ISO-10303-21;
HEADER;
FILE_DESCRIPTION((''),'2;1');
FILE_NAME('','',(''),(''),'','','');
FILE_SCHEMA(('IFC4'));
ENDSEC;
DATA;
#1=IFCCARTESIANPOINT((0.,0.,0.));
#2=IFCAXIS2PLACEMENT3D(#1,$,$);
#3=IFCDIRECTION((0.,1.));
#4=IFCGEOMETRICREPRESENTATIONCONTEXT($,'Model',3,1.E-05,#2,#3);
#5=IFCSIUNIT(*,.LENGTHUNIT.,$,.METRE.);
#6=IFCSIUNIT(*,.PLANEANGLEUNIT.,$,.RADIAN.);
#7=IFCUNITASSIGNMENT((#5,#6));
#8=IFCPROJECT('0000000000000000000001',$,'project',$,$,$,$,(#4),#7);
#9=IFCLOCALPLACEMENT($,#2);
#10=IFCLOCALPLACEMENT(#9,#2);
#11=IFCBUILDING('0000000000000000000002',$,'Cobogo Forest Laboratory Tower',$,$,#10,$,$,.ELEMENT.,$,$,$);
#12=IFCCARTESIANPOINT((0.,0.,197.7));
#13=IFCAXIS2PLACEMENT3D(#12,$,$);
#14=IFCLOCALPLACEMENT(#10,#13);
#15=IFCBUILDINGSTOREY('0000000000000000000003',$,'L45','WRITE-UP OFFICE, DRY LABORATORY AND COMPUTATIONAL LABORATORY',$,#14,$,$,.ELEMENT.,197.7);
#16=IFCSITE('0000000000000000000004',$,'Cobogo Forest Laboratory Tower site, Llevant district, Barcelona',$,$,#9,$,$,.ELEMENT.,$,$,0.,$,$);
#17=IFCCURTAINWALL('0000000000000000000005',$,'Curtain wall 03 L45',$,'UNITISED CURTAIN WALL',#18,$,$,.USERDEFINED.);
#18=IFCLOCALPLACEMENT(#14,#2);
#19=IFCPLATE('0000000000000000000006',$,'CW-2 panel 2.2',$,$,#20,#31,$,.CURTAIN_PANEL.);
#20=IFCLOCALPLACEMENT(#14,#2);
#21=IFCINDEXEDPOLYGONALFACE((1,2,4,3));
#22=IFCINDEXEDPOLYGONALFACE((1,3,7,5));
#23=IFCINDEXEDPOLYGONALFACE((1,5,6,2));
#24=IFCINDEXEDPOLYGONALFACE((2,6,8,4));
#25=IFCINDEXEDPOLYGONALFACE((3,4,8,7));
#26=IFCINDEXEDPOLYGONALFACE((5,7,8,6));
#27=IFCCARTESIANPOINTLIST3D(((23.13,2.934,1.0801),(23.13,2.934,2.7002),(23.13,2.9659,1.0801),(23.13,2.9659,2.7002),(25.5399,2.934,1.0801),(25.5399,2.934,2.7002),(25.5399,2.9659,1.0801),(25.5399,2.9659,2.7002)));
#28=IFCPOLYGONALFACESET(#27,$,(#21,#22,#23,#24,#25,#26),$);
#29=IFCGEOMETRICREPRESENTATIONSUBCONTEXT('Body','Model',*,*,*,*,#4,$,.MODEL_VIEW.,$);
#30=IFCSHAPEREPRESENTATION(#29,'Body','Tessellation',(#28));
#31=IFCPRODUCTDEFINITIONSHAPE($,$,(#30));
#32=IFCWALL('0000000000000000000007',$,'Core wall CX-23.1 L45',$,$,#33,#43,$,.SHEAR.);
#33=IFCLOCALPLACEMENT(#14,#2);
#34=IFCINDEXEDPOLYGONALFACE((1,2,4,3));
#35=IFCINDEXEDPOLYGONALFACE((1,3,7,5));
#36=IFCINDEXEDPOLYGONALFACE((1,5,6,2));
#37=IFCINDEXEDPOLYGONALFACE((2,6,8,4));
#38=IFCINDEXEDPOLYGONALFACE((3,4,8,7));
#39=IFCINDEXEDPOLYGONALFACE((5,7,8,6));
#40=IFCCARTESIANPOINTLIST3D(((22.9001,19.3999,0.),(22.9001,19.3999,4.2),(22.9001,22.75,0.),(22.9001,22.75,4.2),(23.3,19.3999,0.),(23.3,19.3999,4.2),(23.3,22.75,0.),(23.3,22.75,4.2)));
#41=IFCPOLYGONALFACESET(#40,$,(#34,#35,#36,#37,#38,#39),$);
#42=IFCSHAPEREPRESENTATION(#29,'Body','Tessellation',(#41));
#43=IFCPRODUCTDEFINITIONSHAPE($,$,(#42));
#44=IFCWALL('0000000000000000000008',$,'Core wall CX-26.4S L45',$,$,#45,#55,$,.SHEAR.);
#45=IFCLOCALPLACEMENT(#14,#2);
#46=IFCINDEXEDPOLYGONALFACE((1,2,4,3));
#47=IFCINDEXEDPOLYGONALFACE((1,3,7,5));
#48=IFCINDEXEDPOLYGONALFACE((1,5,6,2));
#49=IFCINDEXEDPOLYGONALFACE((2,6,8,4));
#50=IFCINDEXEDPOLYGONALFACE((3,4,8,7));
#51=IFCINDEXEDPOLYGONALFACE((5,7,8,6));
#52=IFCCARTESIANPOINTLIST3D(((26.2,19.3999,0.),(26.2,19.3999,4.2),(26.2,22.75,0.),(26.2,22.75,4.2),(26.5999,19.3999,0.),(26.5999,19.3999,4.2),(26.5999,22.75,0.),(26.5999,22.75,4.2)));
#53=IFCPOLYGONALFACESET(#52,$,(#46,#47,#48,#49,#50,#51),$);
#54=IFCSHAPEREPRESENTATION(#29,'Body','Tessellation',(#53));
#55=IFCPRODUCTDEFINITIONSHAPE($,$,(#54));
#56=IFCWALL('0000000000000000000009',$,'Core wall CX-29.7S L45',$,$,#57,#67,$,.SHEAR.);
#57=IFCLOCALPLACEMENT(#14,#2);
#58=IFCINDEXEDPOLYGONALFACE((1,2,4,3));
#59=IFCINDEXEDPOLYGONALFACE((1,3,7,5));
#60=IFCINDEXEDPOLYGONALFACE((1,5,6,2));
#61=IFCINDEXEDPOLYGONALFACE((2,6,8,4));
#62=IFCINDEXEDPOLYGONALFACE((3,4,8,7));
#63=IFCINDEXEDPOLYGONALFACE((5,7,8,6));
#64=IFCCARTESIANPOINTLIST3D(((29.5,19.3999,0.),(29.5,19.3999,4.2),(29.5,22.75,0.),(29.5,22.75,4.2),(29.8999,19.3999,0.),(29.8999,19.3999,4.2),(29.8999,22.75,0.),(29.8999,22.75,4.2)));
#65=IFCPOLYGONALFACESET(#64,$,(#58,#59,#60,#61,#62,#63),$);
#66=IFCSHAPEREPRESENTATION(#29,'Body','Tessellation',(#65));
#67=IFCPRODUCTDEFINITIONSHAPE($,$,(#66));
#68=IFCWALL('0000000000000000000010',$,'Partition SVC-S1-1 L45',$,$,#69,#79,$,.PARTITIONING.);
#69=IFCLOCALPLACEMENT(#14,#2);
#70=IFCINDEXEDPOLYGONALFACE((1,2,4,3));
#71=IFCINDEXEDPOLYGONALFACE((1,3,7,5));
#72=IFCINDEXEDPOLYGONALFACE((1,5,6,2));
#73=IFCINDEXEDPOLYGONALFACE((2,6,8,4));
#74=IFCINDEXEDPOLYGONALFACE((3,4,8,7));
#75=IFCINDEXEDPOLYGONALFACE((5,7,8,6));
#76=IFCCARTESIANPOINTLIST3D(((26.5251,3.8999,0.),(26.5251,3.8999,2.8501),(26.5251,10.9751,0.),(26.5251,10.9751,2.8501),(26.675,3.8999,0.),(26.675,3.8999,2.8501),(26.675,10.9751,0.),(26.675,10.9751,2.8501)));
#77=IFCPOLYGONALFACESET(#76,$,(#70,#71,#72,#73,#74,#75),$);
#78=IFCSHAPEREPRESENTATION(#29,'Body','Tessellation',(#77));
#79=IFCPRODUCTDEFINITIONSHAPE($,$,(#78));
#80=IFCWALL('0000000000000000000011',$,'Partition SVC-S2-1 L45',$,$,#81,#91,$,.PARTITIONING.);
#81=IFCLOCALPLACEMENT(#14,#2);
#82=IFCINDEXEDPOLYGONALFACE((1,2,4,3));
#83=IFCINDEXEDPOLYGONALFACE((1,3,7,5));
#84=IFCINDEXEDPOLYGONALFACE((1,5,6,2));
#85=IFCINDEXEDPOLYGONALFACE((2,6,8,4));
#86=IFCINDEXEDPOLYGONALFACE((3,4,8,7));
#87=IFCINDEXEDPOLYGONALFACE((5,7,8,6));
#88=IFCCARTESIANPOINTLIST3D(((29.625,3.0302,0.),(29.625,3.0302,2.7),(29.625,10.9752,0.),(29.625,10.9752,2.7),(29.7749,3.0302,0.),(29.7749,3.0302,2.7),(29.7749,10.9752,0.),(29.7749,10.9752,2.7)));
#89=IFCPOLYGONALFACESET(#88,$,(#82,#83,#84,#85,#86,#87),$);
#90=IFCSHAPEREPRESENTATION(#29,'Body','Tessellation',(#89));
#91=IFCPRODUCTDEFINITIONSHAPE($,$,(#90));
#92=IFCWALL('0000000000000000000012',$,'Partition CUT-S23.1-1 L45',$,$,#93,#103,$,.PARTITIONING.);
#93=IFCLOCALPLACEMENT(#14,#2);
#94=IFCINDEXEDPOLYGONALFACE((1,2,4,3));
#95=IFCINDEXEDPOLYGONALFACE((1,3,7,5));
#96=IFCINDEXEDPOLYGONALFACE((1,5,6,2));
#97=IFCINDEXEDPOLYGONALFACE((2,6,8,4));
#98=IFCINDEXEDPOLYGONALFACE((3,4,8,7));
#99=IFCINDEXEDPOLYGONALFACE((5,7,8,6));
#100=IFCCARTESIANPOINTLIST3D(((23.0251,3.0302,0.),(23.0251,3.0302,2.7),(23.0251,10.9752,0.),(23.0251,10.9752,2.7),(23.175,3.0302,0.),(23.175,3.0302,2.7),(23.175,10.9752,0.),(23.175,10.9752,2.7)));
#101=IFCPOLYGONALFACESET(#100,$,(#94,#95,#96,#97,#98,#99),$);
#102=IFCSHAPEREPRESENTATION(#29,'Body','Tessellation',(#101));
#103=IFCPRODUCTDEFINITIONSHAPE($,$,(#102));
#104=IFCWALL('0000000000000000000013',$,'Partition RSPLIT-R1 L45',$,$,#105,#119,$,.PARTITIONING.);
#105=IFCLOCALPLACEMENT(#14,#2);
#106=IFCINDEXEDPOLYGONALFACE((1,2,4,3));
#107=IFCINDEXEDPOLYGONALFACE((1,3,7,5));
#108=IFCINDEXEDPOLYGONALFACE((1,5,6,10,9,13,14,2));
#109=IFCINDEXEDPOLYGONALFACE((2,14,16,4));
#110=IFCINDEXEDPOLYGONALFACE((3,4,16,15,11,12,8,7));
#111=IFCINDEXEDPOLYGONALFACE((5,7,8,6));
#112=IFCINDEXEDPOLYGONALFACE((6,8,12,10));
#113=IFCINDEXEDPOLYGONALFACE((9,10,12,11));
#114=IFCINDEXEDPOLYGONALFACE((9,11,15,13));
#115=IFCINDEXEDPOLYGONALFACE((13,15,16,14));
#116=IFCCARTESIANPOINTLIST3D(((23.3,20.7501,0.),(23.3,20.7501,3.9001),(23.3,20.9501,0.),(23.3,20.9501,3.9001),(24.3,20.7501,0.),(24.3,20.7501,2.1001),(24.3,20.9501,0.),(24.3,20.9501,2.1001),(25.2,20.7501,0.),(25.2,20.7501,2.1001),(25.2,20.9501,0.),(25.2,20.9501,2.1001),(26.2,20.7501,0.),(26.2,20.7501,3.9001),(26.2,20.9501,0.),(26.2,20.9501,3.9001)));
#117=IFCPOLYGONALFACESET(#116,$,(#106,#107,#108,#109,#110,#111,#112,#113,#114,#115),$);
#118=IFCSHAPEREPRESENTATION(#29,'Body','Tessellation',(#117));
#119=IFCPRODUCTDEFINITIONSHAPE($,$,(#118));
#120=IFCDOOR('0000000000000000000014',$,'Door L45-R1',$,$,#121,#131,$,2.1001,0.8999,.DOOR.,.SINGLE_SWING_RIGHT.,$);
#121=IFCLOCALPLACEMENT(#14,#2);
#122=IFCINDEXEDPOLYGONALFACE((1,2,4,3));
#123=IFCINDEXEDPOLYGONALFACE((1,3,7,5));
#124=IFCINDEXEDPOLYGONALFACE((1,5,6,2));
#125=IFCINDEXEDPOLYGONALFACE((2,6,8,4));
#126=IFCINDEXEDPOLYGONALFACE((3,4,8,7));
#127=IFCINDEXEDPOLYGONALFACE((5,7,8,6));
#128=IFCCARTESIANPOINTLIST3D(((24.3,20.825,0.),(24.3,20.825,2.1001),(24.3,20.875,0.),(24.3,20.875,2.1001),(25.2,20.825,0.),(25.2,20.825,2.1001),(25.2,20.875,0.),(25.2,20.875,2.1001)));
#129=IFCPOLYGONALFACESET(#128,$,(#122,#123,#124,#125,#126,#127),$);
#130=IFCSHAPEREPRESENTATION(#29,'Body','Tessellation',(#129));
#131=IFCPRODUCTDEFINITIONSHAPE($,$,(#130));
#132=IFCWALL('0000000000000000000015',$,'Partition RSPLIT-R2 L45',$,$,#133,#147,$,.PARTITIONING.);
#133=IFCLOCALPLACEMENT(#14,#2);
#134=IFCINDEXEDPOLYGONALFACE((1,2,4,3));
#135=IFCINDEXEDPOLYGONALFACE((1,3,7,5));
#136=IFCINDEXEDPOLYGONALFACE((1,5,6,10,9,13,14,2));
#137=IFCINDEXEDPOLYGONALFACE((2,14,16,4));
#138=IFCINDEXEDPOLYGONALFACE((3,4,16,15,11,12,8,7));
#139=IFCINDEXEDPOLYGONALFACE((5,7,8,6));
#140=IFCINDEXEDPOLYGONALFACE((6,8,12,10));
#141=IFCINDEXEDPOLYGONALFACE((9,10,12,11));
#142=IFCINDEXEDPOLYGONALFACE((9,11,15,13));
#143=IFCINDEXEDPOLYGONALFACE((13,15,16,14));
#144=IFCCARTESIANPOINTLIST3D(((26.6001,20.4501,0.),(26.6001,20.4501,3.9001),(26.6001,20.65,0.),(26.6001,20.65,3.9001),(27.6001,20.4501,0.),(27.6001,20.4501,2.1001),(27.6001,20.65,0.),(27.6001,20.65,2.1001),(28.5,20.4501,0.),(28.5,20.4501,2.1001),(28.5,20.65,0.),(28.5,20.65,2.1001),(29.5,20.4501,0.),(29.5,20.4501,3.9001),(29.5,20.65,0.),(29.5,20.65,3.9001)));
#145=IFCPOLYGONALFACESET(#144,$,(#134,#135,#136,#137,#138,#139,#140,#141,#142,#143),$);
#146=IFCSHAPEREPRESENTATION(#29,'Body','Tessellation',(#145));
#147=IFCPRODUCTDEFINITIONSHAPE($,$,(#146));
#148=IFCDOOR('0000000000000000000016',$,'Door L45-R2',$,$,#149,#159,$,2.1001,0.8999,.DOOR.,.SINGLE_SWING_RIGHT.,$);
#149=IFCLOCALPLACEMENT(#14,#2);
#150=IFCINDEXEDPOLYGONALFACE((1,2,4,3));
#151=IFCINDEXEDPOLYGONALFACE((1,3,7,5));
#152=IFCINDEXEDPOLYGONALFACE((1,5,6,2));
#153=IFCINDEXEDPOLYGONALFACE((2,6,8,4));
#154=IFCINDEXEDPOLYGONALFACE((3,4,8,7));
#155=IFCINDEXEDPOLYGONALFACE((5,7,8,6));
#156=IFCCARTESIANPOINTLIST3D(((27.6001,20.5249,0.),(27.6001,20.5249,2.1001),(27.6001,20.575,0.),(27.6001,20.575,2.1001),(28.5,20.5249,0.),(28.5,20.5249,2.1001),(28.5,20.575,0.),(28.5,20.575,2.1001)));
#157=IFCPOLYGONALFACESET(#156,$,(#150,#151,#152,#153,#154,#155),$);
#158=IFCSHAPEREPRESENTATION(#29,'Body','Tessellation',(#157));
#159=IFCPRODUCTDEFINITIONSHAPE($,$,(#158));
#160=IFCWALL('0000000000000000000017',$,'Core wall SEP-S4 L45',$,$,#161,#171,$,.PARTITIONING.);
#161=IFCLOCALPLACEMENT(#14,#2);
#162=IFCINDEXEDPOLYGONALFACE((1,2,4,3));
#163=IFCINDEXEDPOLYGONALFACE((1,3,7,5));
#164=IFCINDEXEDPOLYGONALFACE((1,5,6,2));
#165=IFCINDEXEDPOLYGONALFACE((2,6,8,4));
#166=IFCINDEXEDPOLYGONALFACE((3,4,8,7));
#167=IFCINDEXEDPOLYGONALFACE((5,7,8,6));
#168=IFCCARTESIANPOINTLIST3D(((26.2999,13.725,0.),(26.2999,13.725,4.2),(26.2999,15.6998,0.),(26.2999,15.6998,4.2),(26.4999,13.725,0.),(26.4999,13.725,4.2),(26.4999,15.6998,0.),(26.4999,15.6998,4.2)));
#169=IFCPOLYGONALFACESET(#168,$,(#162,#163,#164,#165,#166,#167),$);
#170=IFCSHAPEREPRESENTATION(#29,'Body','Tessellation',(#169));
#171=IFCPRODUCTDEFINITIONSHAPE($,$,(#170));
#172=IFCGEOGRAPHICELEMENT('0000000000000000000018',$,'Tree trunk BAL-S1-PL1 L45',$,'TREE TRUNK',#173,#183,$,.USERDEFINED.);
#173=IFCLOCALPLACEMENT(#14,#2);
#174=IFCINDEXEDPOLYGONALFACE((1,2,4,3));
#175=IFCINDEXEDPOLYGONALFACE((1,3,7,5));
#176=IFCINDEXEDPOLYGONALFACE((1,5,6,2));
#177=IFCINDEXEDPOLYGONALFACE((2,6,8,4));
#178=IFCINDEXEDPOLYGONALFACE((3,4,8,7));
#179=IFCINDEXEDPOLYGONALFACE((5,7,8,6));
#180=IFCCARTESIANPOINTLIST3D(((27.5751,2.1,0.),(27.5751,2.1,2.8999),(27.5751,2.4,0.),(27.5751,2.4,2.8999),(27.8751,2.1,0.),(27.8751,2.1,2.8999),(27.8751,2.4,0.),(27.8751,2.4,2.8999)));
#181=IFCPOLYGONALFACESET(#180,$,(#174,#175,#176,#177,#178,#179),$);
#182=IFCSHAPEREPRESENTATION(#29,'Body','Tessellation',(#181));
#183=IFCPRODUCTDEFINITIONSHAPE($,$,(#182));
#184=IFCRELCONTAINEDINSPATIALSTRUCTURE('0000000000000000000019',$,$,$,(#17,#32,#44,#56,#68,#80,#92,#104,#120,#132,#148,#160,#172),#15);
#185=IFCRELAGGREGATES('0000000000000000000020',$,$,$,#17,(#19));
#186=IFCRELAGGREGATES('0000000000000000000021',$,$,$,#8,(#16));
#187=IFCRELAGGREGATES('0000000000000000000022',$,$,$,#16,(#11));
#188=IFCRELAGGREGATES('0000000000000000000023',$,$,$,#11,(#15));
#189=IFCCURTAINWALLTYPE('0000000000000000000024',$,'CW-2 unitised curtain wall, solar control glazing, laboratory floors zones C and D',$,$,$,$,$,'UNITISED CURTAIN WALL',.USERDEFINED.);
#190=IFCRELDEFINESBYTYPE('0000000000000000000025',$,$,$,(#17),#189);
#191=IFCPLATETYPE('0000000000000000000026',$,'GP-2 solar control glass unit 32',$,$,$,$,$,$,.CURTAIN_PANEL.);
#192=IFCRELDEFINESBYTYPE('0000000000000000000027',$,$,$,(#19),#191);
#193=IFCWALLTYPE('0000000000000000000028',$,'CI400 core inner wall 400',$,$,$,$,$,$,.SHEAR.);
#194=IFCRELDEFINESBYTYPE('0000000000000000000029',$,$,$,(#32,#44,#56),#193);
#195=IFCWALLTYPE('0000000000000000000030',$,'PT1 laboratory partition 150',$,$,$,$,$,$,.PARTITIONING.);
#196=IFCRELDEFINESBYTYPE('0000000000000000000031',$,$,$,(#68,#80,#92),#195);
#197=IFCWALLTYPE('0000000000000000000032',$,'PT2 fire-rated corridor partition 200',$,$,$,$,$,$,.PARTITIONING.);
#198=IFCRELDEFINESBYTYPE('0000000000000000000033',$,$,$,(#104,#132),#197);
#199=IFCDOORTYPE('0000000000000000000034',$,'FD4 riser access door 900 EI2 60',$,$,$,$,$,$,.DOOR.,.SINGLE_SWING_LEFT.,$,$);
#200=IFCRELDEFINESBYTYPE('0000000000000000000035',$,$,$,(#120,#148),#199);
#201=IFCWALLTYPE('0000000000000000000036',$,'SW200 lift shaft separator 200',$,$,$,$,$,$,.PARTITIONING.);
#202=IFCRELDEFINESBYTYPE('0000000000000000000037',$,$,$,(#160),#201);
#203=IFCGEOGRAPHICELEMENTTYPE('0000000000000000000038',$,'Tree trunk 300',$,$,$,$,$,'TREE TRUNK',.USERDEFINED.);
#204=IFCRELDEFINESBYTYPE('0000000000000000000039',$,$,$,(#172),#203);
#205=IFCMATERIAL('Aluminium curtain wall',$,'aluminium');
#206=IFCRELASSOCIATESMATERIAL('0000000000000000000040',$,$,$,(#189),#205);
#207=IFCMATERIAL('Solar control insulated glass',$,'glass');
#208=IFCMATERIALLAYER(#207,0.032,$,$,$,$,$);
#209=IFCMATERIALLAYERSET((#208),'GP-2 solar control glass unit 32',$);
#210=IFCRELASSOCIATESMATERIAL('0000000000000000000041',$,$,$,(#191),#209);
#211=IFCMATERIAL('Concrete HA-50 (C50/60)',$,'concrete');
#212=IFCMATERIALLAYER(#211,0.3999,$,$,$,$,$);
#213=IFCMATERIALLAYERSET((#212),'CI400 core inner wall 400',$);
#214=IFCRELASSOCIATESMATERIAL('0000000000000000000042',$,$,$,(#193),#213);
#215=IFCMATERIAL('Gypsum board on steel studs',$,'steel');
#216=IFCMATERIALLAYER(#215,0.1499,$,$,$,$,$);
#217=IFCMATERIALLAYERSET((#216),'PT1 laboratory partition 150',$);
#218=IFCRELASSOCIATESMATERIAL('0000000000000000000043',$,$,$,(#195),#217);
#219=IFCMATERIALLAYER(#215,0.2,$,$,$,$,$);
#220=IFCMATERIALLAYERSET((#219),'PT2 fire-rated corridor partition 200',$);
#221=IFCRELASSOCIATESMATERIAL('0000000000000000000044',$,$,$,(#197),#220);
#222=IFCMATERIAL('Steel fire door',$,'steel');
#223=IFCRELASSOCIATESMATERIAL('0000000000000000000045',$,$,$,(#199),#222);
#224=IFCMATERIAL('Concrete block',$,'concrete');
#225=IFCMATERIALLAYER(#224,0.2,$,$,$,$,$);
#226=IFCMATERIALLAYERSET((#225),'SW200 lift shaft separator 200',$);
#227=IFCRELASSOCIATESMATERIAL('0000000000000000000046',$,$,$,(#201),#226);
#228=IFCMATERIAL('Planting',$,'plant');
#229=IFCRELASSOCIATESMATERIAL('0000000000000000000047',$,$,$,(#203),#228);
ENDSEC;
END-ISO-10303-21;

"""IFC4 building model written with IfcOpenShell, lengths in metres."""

from ifc_helpers import new_model, si_unit, direction, frame, frame_2d, origin, origin_2d, place, context, subcontext, project, spatial, rectangle, extrude, material, layer, layer_set, type_object, element, fill, aggregate, save


model = new_model("IFC4")

# Units and contexts
model_context = context("Model", 3, precision=1e-05, world=origin(), true_north=direction((0.0, 1.0)))
body_context = subcontext(model_context, "Body", "Model", "MODEL_VIEW")
ifc_project = project(units=[si_unit("LENGTHUNIT", "METRE"), si_unit("PLANEANGLEUNIT", "RADIAN")], contexts=[model_context])

# Site, building, storey
site_placement = place(None, origin())
site = spatial("IfcSite", under=ifc_project, at=site_placement, Name="Cobogo Forest Laboratory Tower site, Llevant district, Barcelona", CompositionType="ELEMENT", RefElevation=0.0)
building_placement = place(site_placement, origin())
building = spatial("IfcBuilding", under=site, at=building_placement, Name="Cobogo Forest Laboratory Tower", CompositionType="ELEMENT")
storey_placement = place(building_placement, frame((0.0, 0.0, 197.7)))
storey = spatial("IfcBuildingStorey", under=building, at=storey_placement, Name="L45", Description="WRITE-UP OFFICE, DRY LABORATORY AND COMPUTATIONAL LABORATORY", CompositionType="ELEMENT", Elevation=197.7)

# Shared definitions
ifc_material_1 = material(Name="Concrete HA-50 (C50/60)", Category="concrete")

# Curtain wall
ifc_material_2 = material(Name="Aluminium curtain wall", Category="aluminium")
curtain_wall_type = type_object("IfcCurtainWallType", Name="CW-2 unitised curtain wall, solar control glazing, laboratory floors zones C and D", ElementType="UNITISED CURTAIN WALL", PredefinedType="USERDEFINED", material=ifc_material_2)
curtain_wall_placement = place(storey_placement, origin())
curtain_wall = element("IfcCurtainWall", 1, at=curtain_wall_placement, inside=storey, type_object=curtain_wall_type, Name="Curtain wall 03 L45", ObjectType="UNITISED CURTAIN WALL", PredefinedType="USERDEFINED")

# Plate
ifc_material_3 = material(Name="Solar control insulated glass", Category="glass")
ifc_layer_1 = layer(ifc_material_3, 0.032)
ifc_layer_set_1 = layer_set([ifc_layer_1], Name="GP-2 solar control glass unit 32")
plate_type_1 = type_object("IfcPlateType", Name="GP-2 solar control glass unit 32", PredefinedType="CURTAIN_PANEL", material=ifc_layer_set_1)
plate_1_placement = place(storey_placement, frame((24.335, 2.95, 1.0801), z_axis=(0.0, 0.0, 1.0), x_axis=(1.0, 0.0, 0.0)))
plate_1 = element("IfcPlate", 2, at=plate_1_placement, type_object=plate_type_1, Name="CW-2 panel 2.2", PredefinedType="CURTAIN_PANEL", context=body_context, shape_type="SweptSolid", body=[
    extrude(rectangle(XDim=2.4099, YDim=0.032, at=origin_2d()), origin(), (0.0, 0.0, 1.0), 1.6201),
])
aggregate(curtain_wall, [plate_1])

# Walls
ifc_layer_2 = layer(ifc_material_1, 0.3999)
ifc_layer_set_2 = layer_set([ifc_layer_2], Name="CI400 core inner wall 400")
wall_type_1 = type_object("IfcWallType", Name="CI400 core inner wall 400", PredefinedType="SHEAR", material=ifc_layer_set_2)
for number, where, z_axis, x_axis, name in (
    (3, (23.1001, 19.3999, 0.0), (0.0, 0.0, 1.0), (0.0, 1.0, 0.0), "Core wall CX-23.1 L45"),
    (4, (26.3999, 19.3999, 0.0), (0.0, 0.0, 1.0), (0.0, 1.0, 0.0), "Core wall CX-26.4S L45"),
    (5, (29.7, 19.3999, 0.0), (0.0, 0.0, 1.0), (0.0, 1.0, 0.0), "Core wall CX-29.7S L45"),
):
    element("IfcWall", number, at=place(storey_placement, frame(where, z_axis=z_axis, x_axis=x_axis)), inside=storey, type_object=wall_type_1, Name=name, PredefinedType="SHEAR", context=body_context, shape_type="SweptSolid", body=[
        extrude(rectangle(XDim=3.3501, YDim=0.3999, at=frame_2d((1.675, 0.0))), origin(), (0.0, 0.0, 1.0), 4.2),
    ])

# Walls
ifc_material_4 = material(Name="Gypsum board on steel studs", Category="steel")
ifc_layer_3 = layer(ifc_material_4, 0.1499)
ifc_layer_set_3 = layer_set([ifc_layer_3], Name="PT1 laboratory partition 150")
wall_type_2 = type_object("IfcWallType", Name="PT1 laboratory partition 150", PredefinedType="PARTITIONING", material=ifc_layer_set_3)
wall_1_placement = place(storey_placement, frame((26.6001, 3.8999, 0.0), z_axis=(0.0, 0.0, 1.0), x_axis=(0.0, 1.0, 0.0)))
element("IfcWall", 6, at=wall_1_placement, inside=storey, type_object=wall_type_2, Name="Partition SVC-S1-1 L45", PredefinedType="PARTITIONING", context=body_context, shape_type="SweptSolid", body=[
    extrude(rectangle(XDim=7.0752, YDim=0.1499, at=frame_2d((3.5376, 0.0))), origin(), (0.0, 0.0, 1.0), 2.8501),
])
for number, where, z_axis, x_axis, name in (
    (7, (29.7, 3.03, 0.0), (0.0, 0.0, 1.0), (0.0, 1.0, 0.0), "Partition SVC-S2-1 L45"),
    (8, (23.1001, 3.03, 0.0), (0.0, 0.0, 1.0), (0.0, 1.0, 0.0), "Partition CUT-S23.1-1 L45"),
):
    element("IfcWall", number, at=place(storey_placement, frame(where, z_axis=z_axis, x_axis=x_axis)), inside=storey, type_object=wall_type_2, Name=name, PredefinedType="PARTITIONING", context=body_context, shape_type="SweptSolid", body=[
        extrude(rectangle(XDim=7.9451, YDim=0.1499, at=frame_2d((3.9727, 0.0))), origin(), (0.0, 0.0, 1.0), 2.7),
    ])

# Walls, openings, doors
ifc_layer_4 = layer(ifc_material_4, 0.2)
ifc_layer_set_4 = layer_set([ifc_layer_4], Name="PT2 fire-rated corridor partition 200")
wall_type_3 = type_object("IfcWallType", Name="PT2 fire-rated corridor partition 200", PredefinedType="PARTITIONING", material=ifc_layer_set_4)
wall_2_placement = place(storey_placement, frame((23.3, 20.8501, 0.0), z_axis=(0.0, 0.0, 1.0), x_axis=(1.0, 0.0, 0.0)))
wall_2 = element("IfcWall", 9, at=wall_2_placement, inside=storey, type_object=wall_type_3, Name="Partition RSPLIT-R1 L45", PredefinedType="PARTITIONING", context=body_context, shape_type="SweptSolid", body=[
    extrude(rectangle(XDim=2.8999, YDim=0.2, at=frame_2d((1.45, 0.0))), origin(), (0.0, 0.0, 1.0), 3.9001),
])
opening_1_placement = place(wall_2_placement, frame((1.0, 0.0, 0.0)))
opening_1 = element("IfcOpeningElement", 10, at=opening_1_placement, cuts=wall_2, PredefinedType="OPENING", context=body_context, shape_type="SweptSolid", body=[
    extrude(rectangle(XDim=0.8999, YDim=2.1001, at=frame_2d((0.45, 1.05))), frame((0.0, 0.1099, 0.0), z_axis=(0.0, -1.0, 0.0), x_axis=(1.0, 0.0, 0.0)), (0.0, 0.0, 1.0), 0.22),
])
ifc_material_5 = material(Name="Steel fire door", Category="steel")
door_type_1 = type_object("IfcDoorType", Name="FD4 riser access door 900 EI2 60", OperationType="SINGLE_SWING_LEFT", PredefinedType="DOOR", material=ifc_material_5)
door_1_placement = place(opening_1_placement, origin())
door_1 = element("IfcDoor", 11, at=door_1_placement, inside=storey, type_object=door_type_1, Name="Door L45-R1", OperationType="SINGLE_SWING_RIGHT", OverallHeight=2.1001, OverallWidth=0.8999, PredefinedType="DOOR", context=body_context, shape_type="SweptSolid", body=[
    extrude(rectangle(XDim=0.8999, YDim=2.1001, at=frame_2d((0.45, 1.05))), frame((0.0, 0.0249, 0.0), z_axis=(0.0, -1.0, 0.0), x_axis=(1.0, 0.0, 0.0)), (0.0, 0.0, 1.0), 0.05),
])
fill(opening_1, door_1)
wall_3_placement = place(storey_placement, frame((26.6001, 20.55, 0.0), z_axis=(0.0, 0.0, 1.0), x_axis=(1.0, 0.0, 0.0)))
wall_3 = element("IfcWall", 12, at=wall_3_placement, inside=storey, type_object=wall_type_3, Name="Partition RSPLIT-R2 L45", PredefinedType="PARTITIONING", context=body_context, shape_type="SweptSolid", body=[
    extrude(rectangle(XDim=2.8999, YDim=0.2, at=frame_2d((1.45, 0.0))), origin(), (0.0, 0.0, 1.0), 3.9001),
])
opening_2_placement = place(wall_3_placement, frame((1.0, 0.0, 0.0)))
opening_2 = element("IfcOpeningElement", 13, at=opening_2_placement, cuts=wall_3, PredefinedType="OPENING", context=body_context, shape_type="SweptSolid", body=[
    extrude(rectangle(XDim=0.8999, YDim=2.1001, at=frame_2d((0.45, 1.05))), frame((0.0, 0.1099, 0.0), z_axis=(0.0, -1.0, 0.0), x_axis=(1.0, 0.0, 0.0)), (0.0, 0.0, 1.0), 0.22),
])
door_2_placement = place(opening_2_placement, origin())
door_2 = element("IfcDoor", 14, at=door_2_placement, inside=storey, type_object=door_type_1, Name="Door L45-R2", OperationType="SINGLE_SWING_RIGHT", OverallHeight=2.1001, OverallWidth=0.8999, PredefinedType="DOOR", context=body_context, shape_type="SweptSolid", body=[
    extrude(rectangle(XDim=0.8999, YDim=2.1001, at=frame_2d((0.45, 1.05))), frame((0.0, 0.0249, 0.0), z_axis=(0.0, -1.0, 0.0), x_axis=(1.0, 0.0, 0.0)), (0.0, 0.0, 1.0), 0.05),
])
fill(opening_2, door_2)

# Wall
ifc_material_6 = material(Name="Concrete block", Category="concrete")
ifc_layer_5 = layer(ifc_material_6, 0.2)
ifc_layer_set_5 = layer_set([ifc_layer_5], Name="SW200 lift shaft separator 200")
wall_type_4 = type_object("IfcWallType", Name="SW200 lift shaft separator 200", PredefinedType="PARTITIONING", material=ifc_layer_set_5)
wall_4_placement = place(storey_placement, frame((26.3999, 13.7251, 0.0), z_axis=(0.0, 0.0, 1.0), x_axis=(0.0, 1.0, 0.0)))
element("IfcWall", 15, at=wall_4_placement, inside=storey, type_object=wall_type_4, Name="Core wall SEP-S4 L45", PredefinedType="PARTITIONING", context=body_context, shape_type="SweptSolid", body=[
    extrude(rectangle(XDim=1.9749, YDim=0.2, at=frame_2d((0.9873, 0.0))), origin(), (0.0, 0.0, 1.0), 4.2),
])

# Geographic element
ifc_material_7 = material(Name="Planting", Category="plant")
geographic_element_type = type_object("IfcGeographicElementType", Name="Tree trunk 300", ElementType="TREE TRUNK", PredefinedType="USERDEFINED", material=ifc_material_7)
geographic_element_placement = place(storey_placement, frame((27.7251, 2.25, 0.0), z_axis=(0.0, 0.0, 1.0), x_axis=(1.0, 0.0, 0.0)))
element("IfcGeographicElement", 16, at=geographic_element_placement, inside=storey, type_object=geographic_element_type, Name="Tree trunk BAL-S1-PL1 L45", ObjectType="TREE TRUNK", PredefinedType="USERDEFINED", context=body_context, shape_type="SweptSolid", body=[
    extrude(rectangle(XDim=0.3, YDim=0.3, at=origin_2d()), origin(), (0.0, 0.0, 1.0), 2.8999),
])

save(model, "model.ifc")
